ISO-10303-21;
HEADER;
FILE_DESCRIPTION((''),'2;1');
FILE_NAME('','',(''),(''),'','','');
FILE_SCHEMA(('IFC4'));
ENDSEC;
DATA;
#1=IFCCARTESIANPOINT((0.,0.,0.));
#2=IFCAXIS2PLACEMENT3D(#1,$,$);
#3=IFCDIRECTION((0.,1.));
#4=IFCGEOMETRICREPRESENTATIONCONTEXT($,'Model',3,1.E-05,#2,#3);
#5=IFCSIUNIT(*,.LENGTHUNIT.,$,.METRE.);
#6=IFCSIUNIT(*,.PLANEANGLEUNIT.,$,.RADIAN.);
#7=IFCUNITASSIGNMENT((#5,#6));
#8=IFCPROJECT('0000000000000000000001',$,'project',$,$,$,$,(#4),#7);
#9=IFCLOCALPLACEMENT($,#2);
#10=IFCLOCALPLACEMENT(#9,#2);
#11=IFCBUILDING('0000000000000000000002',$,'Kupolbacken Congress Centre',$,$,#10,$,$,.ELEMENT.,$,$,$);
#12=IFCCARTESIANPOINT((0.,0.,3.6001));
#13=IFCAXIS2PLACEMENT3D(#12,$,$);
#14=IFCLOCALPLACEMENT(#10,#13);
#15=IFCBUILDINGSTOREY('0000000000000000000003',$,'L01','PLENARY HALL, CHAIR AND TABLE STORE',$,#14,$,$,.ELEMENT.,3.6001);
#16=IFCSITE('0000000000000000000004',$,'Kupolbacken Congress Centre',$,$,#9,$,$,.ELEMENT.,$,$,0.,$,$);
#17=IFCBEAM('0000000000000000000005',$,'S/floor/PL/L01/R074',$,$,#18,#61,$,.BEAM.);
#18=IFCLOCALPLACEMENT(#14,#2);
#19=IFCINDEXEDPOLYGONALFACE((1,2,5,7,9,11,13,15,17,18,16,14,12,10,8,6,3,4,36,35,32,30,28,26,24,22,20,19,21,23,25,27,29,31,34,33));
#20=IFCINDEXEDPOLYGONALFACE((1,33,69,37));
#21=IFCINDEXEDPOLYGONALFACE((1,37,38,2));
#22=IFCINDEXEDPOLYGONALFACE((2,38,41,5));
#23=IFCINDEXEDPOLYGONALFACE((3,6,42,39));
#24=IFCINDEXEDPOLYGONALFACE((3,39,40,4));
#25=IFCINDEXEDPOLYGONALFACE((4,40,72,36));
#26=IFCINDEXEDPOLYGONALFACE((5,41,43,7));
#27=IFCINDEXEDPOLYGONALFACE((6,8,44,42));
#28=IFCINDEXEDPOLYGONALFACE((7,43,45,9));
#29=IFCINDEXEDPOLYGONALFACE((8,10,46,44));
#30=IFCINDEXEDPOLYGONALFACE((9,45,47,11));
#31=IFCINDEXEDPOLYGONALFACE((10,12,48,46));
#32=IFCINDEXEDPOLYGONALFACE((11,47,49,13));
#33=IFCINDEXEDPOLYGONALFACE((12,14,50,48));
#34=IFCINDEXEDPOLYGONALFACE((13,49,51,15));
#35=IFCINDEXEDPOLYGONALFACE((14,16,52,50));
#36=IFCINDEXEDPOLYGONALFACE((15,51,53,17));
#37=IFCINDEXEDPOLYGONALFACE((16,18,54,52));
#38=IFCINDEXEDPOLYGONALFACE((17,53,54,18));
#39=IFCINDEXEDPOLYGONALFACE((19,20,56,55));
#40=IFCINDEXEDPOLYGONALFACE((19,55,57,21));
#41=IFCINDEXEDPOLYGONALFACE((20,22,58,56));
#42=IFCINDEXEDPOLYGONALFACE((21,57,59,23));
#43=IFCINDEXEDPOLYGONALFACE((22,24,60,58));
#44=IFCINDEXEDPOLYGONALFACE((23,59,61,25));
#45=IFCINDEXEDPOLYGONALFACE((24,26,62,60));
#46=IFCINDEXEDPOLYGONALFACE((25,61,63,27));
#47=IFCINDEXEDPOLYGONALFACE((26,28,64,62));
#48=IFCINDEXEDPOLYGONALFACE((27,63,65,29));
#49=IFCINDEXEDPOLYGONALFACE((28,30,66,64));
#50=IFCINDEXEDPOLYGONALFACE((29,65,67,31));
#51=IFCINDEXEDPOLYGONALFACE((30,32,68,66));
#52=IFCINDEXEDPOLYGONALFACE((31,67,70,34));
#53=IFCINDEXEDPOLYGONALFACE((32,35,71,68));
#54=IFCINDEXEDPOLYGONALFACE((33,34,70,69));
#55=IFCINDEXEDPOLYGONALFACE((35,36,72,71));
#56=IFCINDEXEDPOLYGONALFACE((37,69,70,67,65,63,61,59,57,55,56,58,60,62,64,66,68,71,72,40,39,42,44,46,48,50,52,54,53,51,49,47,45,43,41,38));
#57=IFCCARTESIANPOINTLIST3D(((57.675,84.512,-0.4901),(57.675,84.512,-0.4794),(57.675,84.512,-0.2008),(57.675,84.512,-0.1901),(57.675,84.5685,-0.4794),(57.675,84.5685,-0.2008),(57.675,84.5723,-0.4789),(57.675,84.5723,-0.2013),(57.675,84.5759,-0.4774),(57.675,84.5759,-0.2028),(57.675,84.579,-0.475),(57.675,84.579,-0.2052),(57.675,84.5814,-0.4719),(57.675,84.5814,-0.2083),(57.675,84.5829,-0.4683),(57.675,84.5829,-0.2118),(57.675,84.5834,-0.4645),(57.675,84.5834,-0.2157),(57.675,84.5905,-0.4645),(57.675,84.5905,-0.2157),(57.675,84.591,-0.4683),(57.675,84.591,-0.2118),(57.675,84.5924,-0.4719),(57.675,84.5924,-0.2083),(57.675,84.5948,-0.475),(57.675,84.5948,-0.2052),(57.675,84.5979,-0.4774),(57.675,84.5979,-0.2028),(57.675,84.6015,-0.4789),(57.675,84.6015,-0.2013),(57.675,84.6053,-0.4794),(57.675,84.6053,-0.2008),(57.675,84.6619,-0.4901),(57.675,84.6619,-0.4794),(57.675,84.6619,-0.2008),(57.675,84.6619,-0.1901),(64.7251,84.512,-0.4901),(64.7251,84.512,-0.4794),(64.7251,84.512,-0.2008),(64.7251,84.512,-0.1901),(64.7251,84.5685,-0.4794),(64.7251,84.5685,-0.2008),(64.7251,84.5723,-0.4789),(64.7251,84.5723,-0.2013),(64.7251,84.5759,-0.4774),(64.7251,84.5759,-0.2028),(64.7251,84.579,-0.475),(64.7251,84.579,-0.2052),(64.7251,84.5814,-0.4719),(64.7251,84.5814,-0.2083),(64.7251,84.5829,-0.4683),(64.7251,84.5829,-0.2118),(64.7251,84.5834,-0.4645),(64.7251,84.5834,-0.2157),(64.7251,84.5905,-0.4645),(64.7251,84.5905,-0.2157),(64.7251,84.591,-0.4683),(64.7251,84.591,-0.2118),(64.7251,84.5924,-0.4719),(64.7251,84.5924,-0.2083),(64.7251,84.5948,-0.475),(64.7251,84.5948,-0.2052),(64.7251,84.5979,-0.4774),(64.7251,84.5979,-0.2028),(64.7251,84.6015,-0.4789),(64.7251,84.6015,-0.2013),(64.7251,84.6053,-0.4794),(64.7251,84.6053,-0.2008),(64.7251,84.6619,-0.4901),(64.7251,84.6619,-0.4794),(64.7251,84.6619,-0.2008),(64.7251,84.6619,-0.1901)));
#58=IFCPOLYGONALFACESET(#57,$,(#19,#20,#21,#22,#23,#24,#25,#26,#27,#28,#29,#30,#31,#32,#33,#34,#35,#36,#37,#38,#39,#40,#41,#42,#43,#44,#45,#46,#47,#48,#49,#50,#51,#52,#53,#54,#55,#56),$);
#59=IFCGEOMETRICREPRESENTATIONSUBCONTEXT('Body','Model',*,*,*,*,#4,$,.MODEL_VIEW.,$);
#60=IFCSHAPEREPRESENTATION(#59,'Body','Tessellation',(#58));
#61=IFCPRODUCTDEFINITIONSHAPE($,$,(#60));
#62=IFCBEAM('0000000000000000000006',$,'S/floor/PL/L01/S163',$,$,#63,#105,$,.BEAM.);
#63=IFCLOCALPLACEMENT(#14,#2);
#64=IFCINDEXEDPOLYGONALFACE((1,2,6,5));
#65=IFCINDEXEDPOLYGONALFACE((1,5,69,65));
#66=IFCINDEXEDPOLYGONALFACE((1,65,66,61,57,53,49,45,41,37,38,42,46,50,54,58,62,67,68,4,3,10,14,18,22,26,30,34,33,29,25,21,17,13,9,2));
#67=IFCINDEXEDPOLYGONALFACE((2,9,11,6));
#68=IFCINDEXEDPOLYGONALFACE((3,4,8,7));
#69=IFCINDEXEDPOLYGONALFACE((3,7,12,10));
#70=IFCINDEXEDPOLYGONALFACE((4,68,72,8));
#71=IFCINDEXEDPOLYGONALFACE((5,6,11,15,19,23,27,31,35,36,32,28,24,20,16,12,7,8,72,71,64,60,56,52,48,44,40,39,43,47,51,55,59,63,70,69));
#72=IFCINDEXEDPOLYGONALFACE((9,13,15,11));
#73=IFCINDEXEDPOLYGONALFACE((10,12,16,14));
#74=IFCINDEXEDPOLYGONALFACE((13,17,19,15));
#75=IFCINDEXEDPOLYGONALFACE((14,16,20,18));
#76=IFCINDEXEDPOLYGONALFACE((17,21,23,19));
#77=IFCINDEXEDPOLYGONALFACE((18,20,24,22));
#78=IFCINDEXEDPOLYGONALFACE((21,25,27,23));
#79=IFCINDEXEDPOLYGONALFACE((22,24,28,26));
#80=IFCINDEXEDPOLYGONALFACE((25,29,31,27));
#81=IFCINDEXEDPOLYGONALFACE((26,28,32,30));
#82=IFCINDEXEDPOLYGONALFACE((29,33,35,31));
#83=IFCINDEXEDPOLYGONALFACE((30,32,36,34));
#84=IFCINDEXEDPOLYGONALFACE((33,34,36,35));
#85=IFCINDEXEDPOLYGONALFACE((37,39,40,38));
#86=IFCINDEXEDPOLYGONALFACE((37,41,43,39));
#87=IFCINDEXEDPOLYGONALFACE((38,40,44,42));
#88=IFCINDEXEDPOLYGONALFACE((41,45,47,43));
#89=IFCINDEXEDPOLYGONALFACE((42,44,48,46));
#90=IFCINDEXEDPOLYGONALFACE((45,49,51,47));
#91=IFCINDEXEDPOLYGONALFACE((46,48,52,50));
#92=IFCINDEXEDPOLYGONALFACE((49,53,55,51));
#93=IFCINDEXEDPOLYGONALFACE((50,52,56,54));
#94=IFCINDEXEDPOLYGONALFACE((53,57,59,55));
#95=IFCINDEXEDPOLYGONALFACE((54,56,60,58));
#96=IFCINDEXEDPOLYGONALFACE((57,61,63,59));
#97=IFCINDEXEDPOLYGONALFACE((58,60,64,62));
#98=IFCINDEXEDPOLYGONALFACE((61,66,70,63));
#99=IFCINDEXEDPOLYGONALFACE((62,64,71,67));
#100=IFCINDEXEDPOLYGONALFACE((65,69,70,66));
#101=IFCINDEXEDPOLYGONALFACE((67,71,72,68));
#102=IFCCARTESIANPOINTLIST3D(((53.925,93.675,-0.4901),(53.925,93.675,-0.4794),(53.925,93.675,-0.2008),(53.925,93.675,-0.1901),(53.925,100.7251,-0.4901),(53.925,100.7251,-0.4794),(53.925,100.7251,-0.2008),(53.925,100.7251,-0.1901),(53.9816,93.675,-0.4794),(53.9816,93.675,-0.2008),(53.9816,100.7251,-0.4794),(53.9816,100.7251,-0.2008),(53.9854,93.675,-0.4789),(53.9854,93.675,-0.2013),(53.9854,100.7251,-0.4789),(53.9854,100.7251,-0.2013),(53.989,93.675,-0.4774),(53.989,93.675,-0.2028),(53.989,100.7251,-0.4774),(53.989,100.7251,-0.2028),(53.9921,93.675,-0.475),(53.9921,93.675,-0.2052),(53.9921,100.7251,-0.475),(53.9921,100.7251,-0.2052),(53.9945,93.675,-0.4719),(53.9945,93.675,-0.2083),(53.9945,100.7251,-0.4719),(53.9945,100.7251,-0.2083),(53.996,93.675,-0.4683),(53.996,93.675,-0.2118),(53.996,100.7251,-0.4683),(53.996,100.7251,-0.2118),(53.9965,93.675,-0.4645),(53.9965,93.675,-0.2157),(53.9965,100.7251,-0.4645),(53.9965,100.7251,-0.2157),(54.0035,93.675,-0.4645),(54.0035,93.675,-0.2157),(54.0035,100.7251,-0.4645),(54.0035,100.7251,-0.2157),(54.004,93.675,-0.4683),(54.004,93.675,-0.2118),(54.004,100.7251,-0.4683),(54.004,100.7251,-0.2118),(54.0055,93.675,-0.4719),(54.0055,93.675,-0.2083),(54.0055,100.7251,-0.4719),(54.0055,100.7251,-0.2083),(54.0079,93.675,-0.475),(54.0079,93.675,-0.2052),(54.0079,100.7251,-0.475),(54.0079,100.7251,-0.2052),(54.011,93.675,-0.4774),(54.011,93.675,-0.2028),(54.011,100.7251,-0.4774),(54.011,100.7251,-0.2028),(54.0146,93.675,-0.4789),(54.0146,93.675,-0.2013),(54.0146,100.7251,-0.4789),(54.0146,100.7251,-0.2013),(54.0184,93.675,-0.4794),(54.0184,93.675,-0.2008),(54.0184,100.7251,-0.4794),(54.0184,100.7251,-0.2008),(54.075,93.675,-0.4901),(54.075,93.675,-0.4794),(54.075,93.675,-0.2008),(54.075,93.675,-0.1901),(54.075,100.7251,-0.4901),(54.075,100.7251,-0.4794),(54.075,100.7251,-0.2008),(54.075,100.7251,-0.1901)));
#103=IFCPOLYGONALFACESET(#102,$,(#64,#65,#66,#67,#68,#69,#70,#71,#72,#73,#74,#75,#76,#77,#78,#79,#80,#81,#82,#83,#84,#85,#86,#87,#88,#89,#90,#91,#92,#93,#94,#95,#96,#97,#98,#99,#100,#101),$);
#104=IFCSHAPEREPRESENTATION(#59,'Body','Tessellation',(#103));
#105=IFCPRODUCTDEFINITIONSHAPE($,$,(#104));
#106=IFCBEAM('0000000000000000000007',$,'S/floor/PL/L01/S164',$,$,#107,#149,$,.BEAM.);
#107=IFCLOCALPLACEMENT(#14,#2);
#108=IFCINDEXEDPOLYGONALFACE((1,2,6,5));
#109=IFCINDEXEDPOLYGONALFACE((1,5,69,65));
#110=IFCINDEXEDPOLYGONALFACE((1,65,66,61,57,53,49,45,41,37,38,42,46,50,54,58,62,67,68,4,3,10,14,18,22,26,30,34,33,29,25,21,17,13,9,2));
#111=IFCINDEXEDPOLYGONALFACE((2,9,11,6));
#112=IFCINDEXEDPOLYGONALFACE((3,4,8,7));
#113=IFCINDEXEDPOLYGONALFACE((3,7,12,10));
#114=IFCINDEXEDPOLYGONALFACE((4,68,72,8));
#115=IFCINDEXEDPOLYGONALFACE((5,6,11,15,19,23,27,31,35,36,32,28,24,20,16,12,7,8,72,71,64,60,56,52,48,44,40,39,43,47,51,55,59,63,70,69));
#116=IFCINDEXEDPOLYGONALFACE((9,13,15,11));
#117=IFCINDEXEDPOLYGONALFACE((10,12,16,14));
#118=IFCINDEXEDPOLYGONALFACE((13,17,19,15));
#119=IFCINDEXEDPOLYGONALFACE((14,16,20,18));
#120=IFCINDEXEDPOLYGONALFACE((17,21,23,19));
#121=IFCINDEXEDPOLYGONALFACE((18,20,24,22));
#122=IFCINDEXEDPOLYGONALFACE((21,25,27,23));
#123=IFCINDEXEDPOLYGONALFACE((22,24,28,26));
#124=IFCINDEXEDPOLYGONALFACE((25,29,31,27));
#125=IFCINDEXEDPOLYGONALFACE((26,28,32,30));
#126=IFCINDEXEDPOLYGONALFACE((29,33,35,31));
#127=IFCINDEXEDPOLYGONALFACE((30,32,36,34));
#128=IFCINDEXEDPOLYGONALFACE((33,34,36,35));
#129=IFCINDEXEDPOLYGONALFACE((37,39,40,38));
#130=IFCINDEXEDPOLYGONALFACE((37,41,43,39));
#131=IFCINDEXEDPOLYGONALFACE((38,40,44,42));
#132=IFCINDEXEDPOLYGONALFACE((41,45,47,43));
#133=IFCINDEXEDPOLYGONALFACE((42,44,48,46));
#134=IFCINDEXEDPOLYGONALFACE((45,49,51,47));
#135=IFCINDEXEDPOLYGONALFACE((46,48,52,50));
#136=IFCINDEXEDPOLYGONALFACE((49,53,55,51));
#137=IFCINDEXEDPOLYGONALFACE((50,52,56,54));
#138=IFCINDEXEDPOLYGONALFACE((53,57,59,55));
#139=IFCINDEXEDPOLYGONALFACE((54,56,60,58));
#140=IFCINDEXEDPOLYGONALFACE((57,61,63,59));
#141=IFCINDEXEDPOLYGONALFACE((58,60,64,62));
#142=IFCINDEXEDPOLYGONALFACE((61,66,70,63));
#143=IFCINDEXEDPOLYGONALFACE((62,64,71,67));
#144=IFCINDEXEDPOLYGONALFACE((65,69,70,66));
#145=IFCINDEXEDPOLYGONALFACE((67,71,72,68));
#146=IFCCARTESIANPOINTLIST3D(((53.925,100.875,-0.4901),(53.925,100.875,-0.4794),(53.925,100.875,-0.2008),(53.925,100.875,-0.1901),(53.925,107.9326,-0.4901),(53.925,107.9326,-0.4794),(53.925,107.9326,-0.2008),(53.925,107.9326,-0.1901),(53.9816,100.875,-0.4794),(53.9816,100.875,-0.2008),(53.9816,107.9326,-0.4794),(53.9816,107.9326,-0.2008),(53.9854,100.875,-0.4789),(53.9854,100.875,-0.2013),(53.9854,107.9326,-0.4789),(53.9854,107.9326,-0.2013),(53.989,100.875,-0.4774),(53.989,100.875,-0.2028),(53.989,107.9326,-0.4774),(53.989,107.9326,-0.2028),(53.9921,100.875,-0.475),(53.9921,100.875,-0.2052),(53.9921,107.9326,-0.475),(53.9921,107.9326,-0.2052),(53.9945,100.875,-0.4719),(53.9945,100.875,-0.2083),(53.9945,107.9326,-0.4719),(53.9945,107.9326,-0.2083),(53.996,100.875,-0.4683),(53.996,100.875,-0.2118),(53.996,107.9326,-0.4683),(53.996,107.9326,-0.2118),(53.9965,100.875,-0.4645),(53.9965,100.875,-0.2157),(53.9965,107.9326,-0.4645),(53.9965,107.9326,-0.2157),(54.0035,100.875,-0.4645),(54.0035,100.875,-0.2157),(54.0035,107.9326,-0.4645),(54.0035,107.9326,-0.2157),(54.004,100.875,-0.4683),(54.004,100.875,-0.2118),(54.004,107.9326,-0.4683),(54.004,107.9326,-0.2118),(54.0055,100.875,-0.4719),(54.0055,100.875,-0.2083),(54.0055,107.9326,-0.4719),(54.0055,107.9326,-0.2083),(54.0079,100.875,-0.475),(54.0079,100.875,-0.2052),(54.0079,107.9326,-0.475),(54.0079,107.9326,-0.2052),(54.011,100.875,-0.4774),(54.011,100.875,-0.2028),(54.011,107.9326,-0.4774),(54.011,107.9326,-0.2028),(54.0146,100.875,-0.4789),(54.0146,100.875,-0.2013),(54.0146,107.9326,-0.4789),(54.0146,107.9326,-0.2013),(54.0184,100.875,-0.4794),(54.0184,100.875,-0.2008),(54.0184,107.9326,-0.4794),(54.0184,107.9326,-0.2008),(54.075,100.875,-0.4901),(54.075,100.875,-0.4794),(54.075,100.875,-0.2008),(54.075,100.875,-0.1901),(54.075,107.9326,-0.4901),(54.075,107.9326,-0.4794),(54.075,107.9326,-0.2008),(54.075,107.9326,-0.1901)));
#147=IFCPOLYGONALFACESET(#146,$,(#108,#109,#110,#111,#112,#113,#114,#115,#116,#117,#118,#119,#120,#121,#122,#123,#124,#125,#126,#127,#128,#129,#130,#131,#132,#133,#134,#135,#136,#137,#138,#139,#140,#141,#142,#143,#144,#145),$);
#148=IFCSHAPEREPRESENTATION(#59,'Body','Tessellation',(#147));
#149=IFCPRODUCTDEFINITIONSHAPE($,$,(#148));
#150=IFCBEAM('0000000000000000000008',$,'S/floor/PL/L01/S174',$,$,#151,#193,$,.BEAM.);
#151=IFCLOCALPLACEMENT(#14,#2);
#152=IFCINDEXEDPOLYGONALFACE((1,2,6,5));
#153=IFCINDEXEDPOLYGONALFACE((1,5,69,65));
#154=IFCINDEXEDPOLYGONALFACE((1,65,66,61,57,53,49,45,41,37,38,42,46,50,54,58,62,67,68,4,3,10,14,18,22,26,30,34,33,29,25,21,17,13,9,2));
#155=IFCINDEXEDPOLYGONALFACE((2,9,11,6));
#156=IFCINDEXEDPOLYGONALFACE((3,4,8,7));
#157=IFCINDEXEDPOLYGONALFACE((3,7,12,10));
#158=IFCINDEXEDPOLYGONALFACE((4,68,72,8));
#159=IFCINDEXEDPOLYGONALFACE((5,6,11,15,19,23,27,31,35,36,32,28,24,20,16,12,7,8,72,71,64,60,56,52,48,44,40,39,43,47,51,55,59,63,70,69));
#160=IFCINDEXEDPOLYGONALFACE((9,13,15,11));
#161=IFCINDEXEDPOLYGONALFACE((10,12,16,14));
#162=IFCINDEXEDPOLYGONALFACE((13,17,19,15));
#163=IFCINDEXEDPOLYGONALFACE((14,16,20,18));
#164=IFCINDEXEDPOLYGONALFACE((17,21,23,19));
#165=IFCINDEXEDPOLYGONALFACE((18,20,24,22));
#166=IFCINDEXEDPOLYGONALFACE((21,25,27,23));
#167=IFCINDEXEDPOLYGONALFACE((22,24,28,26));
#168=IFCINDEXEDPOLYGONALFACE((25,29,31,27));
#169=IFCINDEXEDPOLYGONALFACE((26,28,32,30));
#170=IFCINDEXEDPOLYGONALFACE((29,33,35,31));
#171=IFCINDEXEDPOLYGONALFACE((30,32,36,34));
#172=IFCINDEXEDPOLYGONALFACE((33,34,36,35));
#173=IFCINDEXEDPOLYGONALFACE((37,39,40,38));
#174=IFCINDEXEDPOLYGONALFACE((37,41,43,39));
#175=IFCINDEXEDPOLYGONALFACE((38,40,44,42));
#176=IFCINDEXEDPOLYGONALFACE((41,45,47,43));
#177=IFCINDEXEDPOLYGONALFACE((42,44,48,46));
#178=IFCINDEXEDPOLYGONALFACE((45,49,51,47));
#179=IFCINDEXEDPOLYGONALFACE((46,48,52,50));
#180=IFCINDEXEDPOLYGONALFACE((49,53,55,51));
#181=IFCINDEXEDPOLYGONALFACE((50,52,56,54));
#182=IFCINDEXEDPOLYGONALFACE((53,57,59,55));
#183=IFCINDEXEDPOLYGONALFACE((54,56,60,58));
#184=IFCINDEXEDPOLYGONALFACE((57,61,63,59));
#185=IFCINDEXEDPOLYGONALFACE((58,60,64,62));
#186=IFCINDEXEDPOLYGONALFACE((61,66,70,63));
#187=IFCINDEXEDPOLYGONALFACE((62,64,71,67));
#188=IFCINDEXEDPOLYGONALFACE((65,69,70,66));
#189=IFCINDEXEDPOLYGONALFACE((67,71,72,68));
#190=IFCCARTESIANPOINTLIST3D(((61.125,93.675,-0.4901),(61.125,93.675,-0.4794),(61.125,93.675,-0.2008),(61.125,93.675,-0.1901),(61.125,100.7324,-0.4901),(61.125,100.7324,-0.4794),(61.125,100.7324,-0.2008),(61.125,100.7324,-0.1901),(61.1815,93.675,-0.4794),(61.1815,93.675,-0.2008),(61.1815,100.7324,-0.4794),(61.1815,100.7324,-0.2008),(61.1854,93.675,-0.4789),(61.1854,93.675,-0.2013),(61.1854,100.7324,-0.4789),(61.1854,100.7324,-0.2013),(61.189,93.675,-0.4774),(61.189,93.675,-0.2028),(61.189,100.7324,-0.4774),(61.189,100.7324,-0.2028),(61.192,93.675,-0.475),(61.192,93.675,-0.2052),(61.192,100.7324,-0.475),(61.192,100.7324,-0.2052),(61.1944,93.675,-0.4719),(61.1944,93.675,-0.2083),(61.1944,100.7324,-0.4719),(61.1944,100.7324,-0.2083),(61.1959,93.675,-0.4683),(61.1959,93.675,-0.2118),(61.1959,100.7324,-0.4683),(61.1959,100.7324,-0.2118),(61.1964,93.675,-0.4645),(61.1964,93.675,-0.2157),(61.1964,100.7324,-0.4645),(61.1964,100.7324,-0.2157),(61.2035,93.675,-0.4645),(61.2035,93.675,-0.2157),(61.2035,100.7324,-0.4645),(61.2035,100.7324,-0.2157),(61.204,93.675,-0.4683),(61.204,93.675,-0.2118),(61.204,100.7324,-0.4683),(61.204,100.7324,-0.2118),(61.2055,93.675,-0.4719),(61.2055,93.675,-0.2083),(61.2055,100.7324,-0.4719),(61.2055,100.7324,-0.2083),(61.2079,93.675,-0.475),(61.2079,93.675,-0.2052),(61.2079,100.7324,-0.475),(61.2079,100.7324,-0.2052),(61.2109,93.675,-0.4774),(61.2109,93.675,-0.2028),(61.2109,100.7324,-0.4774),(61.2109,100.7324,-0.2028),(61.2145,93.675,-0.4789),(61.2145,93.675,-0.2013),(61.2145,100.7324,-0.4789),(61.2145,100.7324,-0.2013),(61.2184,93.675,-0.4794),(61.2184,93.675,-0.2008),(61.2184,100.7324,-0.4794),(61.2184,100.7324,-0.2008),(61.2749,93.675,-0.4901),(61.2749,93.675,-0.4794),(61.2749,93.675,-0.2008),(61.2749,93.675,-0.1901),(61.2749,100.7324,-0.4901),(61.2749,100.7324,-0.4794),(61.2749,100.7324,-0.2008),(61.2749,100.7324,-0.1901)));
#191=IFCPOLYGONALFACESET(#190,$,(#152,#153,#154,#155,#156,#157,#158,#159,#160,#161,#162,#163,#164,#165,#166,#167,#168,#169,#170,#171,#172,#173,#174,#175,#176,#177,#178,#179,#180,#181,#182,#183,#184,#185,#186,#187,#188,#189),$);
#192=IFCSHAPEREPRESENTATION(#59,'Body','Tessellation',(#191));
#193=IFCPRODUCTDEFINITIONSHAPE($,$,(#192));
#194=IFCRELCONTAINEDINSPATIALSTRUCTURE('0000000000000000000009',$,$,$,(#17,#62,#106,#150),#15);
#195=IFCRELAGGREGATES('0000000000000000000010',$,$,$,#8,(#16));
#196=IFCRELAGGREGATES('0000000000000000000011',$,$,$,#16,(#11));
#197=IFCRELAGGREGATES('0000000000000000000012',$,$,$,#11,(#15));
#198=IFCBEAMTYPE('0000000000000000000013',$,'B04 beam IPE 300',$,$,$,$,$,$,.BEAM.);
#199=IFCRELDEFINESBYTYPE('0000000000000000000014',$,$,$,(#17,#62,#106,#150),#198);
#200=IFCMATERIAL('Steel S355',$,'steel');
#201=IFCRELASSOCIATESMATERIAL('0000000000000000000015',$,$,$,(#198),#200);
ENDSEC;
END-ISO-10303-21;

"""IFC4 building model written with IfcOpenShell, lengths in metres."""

from ifc_helpers import new_model, si_unit, direction, frame, origin, origin_2d, place, context, subcontext, project, spatial, i_section, extrude, material, material_profile, profile_set, type_object, element, save


model = new_model("IFC4")

# Units and contexts
model_context = context("Model", 3, precision=1e-05, world=origin(), true_north=direction((0.0, 1.0)))
body_context = subcontext(model_context, "Body", "Model", "MODEL_VIEW")
ifc_project = project(units=[si_unit("LENGTHUNIT", "METRE"), si_unit("PLANEANGLEUNIT", "RADIAN")], contexts=[model_context])

# Site, building, storey
site_placement = place(None, origin())
site = spatial("IfcSite", under=ifc_project, at=site_placement, Name="Kupolbacken Congress Centre", CompositionType="ELEMENT", RefElevation=0.0)
building_placement = place(site_placement, origin())
building = spatial("IfcBuilding", under=site, at=building_placement, Name="Kupolbacken Congress Centre", CompositionType="ELEMENT")
storey_placement = place(building_placement, frame((0.0, 0.0, 3.6001)))
storey = spatial("IfcBuildingStorey", under=building, at=storey_placement, Name="L01", Description="PLENARY HALL, CHAIR AND TABLE STORE", CompositionType="ELEMENT", Elevation=3.6001)

# Beams
ifc_material_1 = material(Name="Steel S355", Category="steel")
ifc_material_profile_1 = material_profile(ifc_material_1, i_section(OverallWidth=0.1499, OverallDepth=0.3, WebThickness=0.0071, FlangeThickness=0.0107, FilletRadius=0.0149, at=origin_2d()), Name="IPE 300")
ifc_profile_set_1 = profile_set([ifc_material_profile_1], Name="Steel S355")
beam_type_1 = type_object("IfcBeamType", Name="B04 beam IPE 300", PredefinedType="BEAM", material=ifc_profile_set_1)
for number, where, z_axis, x_axis, name in (
    (1, (57.675, 84.5869, -0.3401), (1.0, 0.0, 0.0), (0.0, 1.0, 0.0), "S/floor/PL/L01/R074"),
    (2, (54.0, 93.675, -0.3401), (0.0, 1.0, 0.0), (-1.0, 0.0, 0.0), "S/floor/PL/L01/S163"),
):
    element("IfcBeam", number, at=place(storey_placement, frame(where, z_axis=z_axis, x_axis=x_axis)), inside=storey, type_object=beam_type_1, Name=name, PredefinedType="BEAM", context=body_context, shape_type="SweptSolid", body=[
        extrude(i_section(OverallWidth=0.1499, OverallDepth=0.3, WebThickness=0.0071, FlangeThickness=0.0107, FilletRadius=0.0149, at=origin_2d()), origin(), (0.0, 0.0, 1.0), 7.05),
    ])
beam_1_placement = place(storey_placement, frame((54.0, 100.875, -0.3401), z_axis=(0.0, 1.0, 0.0), x_axis=(-1.0, 0.0, 0.0)))
element("IfcBeam", 3, at=beam_1_placement, inside=storey, type_object=beam_type_1, Name="S/floor/PL/L01/S164", PredefinedType="BEAM", context=body_context, shape_type="SweptSolid", body=[
    extrude(i_section(OverallWidth=0.1499, OverallDepth=0.3, WebThickness=0.0071, FlangeThickness=0.0107, FilletRadius=0.0149, at=origin_2d()), origin(), (0.0, 0.0, 1.0), 7.0576),
])
beam_2_placement = place(storey_placement, frame((61.2, 93.675, -0.3401), z_axis=(0.0, 1.0, 0.0), x_axis=(-1.0, 0.0, 0.0)))
element("IfcBeam", 4, at=beam_2_placement, inside=storey, type_object=beam_type_1, Name="S/floor/PL/L01/S174", PredefinedType="BEAM", context=body_context, shape_type="SweptSolid", body=[
    extrude(i_section(OverallWidth=0.1499, OverallDepth=0.3, WebThickness=0.0071, FlangeThickness=0.0107, FilletRadius=0.0149, at=origin_2d()), origin(), (0.0, 0.0, 1.0), 7.0574),
])

save(model, "model.ifc")
